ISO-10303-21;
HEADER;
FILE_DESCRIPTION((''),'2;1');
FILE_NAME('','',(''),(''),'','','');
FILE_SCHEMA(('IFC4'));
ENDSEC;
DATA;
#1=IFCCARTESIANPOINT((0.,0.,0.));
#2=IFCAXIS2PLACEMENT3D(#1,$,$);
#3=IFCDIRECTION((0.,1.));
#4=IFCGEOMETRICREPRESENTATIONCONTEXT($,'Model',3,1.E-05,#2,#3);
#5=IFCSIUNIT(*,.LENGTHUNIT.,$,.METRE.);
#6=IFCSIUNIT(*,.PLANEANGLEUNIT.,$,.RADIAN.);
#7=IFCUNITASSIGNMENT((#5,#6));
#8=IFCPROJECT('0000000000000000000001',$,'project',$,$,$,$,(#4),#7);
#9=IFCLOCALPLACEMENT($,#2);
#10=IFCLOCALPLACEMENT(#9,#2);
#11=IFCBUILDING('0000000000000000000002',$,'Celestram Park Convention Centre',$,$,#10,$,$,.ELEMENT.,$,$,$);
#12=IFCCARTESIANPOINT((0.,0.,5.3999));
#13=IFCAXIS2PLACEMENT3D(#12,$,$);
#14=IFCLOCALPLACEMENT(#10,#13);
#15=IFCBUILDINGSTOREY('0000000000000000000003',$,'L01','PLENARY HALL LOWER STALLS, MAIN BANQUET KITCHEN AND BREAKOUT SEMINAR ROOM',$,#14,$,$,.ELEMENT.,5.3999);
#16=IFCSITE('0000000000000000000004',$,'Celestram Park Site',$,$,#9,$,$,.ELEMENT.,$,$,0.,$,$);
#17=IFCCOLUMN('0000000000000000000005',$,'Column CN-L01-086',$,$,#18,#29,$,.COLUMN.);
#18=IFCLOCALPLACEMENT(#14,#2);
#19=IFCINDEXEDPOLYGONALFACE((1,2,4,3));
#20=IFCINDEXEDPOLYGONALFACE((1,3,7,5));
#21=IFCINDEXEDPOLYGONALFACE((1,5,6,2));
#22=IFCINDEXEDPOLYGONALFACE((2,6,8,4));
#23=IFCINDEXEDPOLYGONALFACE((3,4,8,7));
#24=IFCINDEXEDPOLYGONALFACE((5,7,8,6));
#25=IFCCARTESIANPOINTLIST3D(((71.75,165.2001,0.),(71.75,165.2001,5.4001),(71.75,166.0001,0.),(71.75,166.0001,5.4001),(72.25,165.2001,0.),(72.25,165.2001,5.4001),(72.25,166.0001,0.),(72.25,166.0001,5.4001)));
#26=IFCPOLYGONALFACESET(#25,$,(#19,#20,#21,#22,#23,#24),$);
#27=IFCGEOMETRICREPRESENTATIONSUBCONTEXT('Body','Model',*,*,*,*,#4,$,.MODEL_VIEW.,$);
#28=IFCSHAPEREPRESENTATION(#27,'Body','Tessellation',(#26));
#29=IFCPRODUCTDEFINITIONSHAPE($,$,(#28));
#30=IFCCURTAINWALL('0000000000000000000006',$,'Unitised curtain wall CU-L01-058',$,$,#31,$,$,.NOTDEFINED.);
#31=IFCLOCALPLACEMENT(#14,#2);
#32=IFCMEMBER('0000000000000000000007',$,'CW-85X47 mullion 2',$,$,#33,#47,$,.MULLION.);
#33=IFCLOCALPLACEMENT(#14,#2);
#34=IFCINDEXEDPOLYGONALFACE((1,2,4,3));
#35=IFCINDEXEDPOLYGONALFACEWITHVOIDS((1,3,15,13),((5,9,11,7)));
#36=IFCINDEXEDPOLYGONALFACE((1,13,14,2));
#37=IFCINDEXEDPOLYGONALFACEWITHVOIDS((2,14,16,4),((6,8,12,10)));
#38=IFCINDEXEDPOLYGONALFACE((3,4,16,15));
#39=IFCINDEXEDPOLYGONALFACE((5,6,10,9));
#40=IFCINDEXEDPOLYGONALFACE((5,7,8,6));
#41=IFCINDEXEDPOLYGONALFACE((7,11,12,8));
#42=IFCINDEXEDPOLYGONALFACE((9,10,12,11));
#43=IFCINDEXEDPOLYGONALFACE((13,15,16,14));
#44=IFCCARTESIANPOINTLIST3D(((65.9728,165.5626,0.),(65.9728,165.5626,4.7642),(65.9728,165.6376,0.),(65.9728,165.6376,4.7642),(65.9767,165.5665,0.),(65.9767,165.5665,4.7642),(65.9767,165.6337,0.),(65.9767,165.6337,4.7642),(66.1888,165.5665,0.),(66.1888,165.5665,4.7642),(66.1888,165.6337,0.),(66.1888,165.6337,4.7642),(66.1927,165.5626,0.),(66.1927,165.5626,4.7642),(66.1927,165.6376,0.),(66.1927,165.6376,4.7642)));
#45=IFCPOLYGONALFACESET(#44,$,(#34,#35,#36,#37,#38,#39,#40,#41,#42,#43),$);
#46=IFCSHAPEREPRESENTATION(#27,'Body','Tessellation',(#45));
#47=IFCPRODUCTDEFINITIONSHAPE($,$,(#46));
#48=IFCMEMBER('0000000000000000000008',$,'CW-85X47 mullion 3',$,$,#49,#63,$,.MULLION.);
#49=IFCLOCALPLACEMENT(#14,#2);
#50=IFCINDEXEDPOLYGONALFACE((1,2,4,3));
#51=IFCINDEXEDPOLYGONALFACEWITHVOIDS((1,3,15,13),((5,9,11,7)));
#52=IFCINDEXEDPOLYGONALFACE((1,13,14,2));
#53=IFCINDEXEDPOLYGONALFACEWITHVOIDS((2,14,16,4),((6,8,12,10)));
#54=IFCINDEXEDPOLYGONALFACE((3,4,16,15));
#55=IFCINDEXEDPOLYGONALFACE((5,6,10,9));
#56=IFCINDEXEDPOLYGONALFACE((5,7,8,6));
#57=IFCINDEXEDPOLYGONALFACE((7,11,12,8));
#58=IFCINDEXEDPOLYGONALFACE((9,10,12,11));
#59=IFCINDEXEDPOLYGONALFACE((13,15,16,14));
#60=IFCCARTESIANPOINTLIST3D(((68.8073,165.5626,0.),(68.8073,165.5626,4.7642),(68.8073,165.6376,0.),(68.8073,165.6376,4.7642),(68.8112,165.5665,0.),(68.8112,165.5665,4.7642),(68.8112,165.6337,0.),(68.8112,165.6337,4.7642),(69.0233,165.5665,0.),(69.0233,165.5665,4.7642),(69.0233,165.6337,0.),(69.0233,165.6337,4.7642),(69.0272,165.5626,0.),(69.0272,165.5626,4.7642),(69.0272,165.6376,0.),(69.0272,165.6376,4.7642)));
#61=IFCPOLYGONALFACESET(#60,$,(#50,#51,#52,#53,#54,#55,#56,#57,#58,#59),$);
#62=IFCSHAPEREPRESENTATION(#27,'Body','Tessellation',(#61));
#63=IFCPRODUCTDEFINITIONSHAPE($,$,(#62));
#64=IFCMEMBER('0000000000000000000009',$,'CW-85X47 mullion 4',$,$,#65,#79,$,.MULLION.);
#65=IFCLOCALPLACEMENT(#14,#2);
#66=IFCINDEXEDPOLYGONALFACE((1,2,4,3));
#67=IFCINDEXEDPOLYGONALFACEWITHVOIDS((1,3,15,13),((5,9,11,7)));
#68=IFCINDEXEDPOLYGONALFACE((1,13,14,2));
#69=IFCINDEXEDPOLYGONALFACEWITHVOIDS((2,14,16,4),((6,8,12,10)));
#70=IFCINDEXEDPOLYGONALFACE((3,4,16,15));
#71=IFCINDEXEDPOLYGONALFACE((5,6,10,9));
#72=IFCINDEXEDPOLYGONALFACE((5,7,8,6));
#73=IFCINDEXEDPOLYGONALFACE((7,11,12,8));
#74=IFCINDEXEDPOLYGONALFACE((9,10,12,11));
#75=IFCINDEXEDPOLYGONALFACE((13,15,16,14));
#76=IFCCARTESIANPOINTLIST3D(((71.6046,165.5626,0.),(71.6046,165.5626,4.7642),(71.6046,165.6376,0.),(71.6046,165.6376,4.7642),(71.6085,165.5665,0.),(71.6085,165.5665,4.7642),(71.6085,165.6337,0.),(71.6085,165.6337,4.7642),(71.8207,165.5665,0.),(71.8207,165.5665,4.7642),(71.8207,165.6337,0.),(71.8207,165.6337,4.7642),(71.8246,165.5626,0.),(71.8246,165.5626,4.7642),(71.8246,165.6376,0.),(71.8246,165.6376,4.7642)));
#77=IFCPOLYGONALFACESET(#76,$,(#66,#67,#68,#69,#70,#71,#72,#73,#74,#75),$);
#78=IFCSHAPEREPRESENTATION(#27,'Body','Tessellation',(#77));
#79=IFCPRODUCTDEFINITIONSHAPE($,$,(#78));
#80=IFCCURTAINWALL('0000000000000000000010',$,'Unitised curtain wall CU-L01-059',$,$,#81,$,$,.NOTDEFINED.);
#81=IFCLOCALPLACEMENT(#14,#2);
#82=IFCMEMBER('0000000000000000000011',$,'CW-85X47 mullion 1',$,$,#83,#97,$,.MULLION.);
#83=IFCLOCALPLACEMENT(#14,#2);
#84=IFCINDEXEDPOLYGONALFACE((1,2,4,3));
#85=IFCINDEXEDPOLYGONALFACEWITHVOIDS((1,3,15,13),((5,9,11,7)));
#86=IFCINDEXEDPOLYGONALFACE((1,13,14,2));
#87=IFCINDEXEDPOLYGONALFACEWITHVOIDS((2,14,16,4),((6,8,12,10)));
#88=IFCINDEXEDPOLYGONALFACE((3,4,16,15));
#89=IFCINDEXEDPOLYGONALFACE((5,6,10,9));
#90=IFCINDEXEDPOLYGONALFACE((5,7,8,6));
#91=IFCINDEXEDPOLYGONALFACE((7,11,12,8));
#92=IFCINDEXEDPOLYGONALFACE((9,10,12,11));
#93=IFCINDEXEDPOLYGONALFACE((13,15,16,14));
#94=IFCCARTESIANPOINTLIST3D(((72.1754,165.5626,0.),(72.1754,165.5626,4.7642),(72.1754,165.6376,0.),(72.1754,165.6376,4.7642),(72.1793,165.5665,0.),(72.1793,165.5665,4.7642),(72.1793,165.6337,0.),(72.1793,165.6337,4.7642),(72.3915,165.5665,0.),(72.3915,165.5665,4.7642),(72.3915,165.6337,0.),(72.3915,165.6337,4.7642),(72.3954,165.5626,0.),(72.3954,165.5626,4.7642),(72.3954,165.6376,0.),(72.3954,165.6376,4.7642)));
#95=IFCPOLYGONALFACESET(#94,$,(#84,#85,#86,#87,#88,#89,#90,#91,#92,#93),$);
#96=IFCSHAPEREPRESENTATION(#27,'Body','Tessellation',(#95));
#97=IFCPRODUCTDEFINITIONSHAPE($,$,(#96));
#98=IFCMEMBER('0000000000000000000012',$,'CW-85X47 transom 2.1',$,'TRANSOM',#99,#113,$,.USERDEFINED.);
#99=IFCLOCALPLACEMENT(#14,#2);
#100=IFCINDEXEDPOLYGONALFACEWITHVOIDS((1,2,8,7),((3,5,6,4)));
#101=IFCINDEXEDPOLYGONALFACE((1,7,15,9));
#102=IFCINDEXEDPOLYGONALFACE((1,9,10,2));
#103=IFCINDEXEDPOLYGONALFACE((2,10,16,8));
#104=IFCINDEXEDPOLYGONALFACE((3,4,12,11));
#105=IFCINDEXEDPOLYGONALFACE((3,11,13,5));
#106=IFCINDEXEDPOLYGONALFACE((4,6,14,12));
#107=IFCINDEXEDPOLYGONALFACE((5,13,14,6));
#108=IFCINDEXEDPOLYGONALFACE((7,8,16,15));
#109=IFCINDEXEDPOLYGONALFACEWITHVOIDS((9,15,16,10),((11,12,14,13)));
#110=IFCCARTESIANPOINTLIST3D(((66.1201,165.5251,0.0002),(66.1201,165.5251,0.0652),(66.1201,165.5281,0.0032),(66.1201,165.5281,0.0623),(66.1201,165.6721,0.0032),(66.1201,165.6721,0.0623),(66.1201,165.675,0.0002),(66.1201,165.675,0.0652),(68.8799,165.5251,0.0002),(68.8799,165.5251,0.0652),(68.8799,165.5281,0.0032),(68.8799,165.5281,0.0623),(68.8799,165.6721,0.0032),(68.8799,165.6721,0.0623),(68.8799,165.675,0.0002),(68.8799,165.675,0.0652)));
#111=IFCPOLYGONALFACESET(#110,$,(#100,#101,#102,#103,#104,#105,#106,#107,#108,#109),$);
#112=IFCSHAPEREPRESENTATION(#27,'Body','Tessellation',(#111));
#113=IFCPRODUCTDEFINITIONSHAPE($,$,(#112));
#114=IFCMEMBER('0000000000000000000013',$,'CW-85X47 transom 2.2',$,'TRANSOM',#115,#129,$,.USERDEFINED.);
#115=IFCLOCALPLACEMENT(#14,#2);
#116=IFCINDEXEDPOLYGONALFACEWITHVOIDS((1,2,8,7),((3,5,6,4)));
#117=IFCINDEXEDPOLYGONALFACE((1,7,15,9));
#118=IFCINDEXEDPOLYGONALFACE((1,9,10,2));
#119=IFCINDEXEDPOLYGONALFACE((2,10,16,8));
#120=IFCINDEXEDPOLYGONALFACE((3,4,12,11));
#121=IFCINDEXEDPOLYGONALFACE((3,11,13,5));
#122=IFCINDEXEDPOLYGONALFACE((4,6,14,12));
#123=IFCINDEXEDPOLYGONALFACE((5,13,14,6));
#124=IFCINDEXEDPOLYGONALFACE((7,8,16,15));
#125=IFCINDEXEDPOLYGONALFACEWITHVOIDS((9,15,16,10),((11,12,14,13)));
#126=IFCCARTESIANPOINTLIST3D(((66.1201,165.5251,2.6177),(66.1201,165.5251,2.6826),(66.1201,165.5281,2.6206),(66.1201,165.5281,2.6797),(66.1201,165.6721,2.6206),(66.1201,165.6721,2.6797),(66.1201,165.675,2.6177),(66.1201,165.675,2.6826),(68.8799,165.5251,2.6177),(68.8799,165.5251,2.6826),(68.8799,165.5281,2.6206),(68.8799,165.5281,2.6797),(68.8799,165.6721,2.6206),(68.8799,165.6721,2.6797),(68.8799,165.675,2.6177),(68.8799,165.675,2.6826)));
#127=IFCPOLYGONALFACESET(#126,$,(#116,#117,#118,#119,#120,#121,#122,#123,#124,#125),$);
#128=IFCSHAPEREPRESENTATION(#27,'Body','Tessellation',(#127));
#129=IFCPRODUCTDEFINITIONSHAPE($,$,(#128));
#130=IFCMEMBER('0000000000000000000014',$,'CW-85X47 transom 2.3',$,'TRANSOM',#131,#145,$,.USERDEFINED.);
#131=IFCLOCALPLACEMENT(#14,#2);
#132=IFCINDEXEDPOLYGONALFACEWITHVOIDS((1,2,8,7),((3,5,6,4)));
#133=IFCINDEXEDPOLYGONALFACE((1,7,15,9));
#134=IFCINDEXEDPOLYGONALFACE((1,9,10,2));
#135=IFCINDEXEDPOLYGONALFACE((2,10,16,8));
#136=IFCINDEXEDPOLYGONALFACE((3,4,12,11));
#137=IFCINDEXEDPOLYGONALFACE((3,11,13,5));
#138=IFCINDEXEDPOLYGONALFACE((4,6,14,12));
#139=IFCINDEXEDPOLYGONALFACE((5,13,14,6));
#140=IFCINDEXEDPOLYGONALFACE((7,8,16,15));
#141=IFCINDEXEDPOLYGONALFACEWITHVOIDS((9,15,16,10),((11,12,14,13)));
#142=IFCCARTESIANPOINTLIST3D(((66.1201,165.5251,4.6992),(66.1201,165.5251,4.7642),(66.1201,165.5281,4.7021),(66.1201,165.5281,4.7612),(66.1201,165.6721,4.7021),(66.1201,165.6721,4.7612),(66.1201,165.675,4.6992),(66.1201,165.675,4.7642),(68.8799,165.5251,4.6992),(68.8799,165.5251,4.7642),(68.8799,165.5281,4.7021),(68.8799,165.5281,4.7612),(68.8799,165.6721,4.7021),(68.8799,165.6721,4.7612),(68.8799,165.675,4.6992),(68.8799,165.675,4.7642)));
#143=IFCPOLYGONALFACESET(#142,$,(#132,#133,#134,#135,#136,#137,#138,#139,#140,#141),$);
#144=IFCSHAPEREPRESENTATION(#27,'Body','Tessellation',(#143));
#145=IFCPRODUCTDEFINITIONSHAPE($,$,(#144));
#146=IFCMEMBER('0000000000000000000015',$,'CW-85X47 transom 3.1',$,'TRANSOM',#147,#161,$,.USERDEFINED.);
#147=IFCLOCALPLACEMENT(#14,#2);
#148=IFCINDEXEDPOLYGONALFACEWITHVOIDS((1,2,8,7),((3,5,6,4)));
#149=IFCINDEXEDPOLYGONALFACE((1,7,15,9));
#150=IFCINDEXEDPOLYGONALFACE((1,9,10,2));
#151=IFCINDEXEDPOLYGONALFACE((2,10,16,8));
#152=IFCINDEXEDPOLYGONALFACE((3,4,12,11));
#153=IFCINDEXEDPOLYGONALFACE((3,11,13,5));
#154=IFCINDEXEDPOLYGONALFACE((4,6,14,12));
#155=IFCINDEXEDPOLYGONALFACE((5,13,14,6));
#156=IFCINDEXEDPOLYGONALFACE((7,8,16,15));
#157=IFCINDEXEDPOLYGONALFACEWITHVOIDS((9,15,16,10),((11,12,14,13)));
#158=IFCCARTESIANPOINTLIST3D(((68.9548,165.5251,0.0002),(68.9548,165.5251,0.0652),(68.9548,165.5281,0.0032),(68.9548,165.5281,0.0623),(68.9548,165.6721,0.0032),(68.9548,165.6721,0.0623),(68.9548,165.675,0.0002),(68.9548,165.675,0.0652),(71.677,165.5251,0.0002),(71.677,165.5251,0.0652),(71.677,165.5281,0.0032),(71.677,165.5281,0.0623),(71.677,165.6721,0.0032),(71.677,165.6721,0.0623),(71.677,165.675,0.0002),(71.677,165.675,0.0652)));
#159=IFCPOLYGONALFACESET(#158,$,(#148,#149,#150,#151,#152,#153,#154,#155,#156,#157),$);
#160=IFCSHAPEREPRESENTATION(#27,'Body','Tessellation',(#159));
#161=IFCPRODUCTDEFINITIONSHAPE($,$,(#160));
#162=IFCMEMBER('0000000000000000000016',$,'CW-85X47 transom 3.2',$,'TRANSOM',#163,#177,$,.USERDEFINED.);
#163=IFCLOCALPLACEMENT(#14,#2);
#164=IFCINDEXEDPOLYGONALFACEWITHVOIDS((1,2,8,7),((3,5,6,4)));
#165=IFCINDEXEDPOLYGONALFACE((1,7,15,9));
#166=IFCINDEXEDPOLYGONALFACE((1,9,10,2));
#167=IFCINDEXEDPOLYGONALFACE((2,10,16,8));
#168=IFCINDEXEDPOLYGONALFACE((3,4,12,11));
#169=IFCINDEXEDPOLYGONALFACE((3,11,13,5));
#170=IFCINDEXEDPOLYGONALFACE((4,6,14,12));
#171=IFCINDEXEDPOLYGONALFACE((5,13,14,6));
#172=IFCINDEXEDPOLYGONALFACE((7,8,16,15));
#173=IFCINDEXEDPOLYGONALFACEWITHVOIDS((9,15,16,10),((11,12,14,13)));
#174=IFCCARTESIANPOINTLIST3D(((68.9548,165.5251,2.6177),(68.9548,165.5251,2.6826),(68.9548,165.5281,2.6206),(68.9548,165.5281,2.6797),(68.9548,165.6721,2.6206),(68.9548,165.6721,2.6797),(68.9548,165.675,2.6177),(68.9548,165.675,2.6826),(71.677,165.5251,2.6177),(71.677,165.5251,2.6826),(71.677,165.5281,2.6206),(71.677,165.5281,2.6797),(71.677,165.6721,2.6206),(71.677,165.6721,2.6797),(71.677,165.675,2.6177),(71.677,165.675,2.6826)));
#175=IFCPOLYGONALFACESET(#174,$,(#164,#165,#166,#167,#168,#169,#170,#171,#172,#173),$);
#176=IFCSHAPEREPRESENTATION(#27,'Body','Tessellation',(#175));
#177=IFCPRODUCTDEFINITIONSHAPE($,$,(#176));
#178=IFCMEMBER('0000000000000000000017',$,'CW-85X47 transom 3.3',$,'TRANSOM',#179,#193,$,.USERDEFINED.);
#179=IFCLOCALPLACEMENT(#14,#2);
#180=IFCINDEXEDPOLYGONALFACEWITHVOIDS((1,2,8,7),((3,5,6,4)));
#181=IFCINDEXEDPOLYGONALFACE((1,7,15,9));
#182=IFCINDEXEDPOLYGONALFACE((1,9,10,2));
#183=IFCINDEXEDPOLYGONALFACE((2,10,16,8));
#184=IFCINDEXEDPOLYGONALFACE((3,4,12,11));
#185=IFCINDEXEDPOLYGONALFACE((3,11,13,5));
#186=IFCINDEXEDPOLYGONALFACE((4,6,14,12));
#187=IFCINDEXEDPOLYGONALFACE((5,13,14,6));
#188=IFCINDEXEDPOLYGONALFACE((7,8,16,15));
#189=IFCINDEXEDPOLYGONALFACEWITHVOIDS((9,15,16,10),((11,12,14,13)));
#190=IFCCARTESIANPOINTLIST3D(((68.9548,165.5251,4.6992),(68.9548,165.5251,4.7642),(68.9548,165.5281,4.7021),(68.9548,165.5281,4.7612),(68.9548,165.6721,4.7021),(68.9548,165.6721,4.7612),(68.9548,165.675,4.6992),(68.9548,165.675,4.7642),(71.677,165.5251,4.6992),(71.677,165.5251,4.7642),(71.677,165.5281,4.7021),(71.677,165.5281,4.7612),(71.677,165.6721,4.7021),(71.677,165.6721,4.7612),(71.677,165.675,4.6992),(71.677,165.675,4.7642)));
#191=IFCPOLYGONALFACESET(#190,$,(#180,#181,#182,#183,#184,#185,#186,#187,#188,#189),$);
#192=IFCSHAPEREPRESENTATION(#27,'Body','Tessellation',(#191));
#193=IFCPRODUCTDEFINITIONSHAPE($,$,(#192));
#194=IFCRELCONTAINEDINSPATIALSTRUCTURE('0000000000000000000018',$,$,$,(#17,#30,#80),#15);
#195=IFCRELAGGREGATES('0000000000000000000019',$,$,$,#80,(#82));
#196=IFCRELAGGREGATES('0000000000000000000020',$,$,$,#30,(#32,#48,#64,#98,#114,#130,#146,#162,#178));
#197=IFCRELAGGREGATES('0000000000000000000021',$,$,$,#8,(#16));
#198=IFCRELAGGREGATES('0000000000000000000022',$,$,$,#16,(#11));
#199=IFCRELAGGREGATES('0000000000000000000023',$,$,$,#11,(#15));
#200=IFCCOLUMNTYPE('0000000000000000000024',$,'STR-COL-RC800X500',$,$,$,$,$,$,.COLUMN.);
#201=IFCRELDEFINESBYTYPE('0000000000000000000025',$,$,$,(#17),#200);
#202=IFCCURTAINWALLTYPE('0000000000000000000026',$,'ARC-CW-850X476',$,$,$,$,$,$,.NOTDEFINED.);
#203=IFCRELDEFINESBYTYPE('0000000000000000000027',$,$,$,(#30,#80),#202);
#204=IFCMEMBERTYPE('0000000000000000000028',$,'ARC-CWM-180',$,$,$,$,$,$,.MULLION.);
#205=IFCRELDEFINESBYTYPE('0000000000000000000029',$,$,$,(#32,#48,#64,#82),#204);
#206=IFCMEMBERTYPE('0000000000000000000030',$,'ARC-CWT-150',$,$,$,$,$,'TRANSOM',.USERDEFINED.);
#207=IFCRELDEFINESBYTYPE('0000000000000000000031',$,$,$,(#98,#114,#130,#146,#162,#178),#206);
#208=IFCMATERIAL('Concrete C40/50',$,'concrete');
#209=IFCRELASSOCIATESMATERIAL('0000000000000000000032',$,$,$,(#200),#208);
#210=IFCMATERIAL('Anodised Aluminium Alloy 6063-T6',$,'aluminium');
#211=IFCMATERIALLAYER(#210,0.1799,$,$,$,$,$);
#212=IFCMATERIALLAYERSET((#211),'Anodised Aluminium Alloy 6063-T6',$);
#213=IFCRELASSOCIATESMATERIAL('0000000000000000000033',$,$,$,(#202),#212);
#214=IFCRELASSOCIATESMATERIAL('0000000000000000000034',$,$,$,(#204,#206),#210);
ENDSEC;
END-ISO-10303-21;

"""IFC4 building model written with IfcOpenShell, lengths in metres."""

from ifc_helpers import new_model, si_unit, direction, frame, origin, origin_2d, place, context, subcontext, project, spatial, rectangle, hollow_rectangle, extrude, material, layer, layer_set, material_profile, profile_set, type_object, element, aggregate, save


model = new_model("IFC4")

# Units and contexts
model_context = context("Model", 3, precision=1e-05, world=origin(), true_north=direction((0.0, 1.0)))
body_context = subcontext(model_context, "Body", "Model", "MODEL_VIEW")
ifc_project = project(units=[si_unit("LENGTHUNIT", "METRE"), si_unit("PLANEANGLEUNIT", "RADIAN")], contexts=[model_context])

# Site, building, storey
site_placement = place(None, origin())
site = spatial("IfcSite", under=ifc_project, at=site_placement, Name="Celestram Park Site", CompositionType="ELEMENT", RefElevation=0.0)
building_placement = place(site_placement, origin())
building = spatial("IfcBuilding", under=site, at=building_placement, Name="Celestram Park Convention Centre", CompositionType="ELEMENT")
storey_placement = place(building_placement, frame((0.0, 0.0, 5.3999)))
storey = spatial("IfcBuildingStorey", under=building, at=storey_placement, Name="L01", Description="PLENARY HALL LOWER STALLS, MAIN BANQUET KITCHEN AND BREAKOUT SEMINAR ROOM", CompositionType="ELEMENT", Elevation=5.3999)

# Column
ifc_material_1 = material(Name="Concrete C40/50", Category="concrete")
ifc_material_profile_1 = material_profile(ifc_material_1, rectangle(XDim=0.5, YDim=0.8, at=origin_2d()), Name="RC800X500")
ifc_profile_set_1 = profile_set([ifc_material_profile_1], Name="Concrete C40/50")
column_type = type_object("IfcColumnType", Name="STR-COL-RC800X500", PredefinedType="COLUMN", material=ifc_profile_set_1)
column_placement = place(storey_placement, frame((72.0, 165.6001, 0.0), z_axis=(0.0, 0.0, 1.0), x_axis=(1.0, 0.0, 0.0)))
element("IfcColumn", 1, at=column_placement, inside=storey, type_object=column_type, Name="Column CN-L01-086", PredefinedType="COLUMN", context=body_context, shape_type="SweptSolid", body=[
    extrude(rectangle(XDim=0.5, YDim=0.8, at=origin_2d()), origin(), (0.0, 0.0, 1.0), 5.4001),
])

# Curtain wall, members
ifc_material_2 = material(Name="Anodised Aluminium Alloy 6063-T6", Category="aluminium")
ifc_layer_1 = layer(ifc_material_2, 0.1799)
ifc_layer_set_1 = layer_set([ifc_layer_1], Name="Anodised Aluminium Alloy 6063-T6")
curtain_wall_type = type_object("IfcCurtainWallType", Name="ARC-CW-850X476", PredefinedType="NOTDEFINED", material=ifc_layer_set_1)
curtain_wall_1_placement = place(storey_placement, origin())
curtain_wall_1 = element("IfcCurtainWall", 2, at=curtain_wall_1_placement, inside=storey, type_object=curtain_wall_type, Name="Unitised curtain wall CU-L01-058", PredefinedType="NOTDEFINED")
ifc_material_profile_2 = material_profile(ifc_material_2, hollow_rectangle(XDim=0.075, YDim=0.22, WallThickness=0.0039, at=origin_2d()), Name="ALU75X220X4")
ifc_profile_set_2 = profile_set([ifc_material_profile_2], Name="Anodised Aluminium Alloy 6063-T6")
member_type_1 = type_object("IfcMemberType", Name="ARC-CWM-180", PredefinedType="MULLION", material=ifc_profile_set_2)
member_1_placement = place(storey_placement, frame((66.0828, 165.6001, 0.0), z_axis=(0.0, 0.0, 1.0), x_axis=(0.0, 1.0, 0.0)))
member_1 = element("IfcMember", 3, at=member_1_placement, type_object=member_type_1, Name="CW-85X47 mullion 2", PredefinedType="MULLION", context=body_context, shape_type="SweptSolid", body=[
    extrude(hollow_rectangle(XDim=0.075, YDim=0.22, WallThickness=0.0039, at=origin_2d()), origin(), (0.0, 0.0, 1.0), 4.7642),
])
member_2_placement = place(storey_placement, frame((68.9172, 165.6001, 0.0), z_axis=(0.0, 0.0, 1.0), x_axis=(0.0, 1.0, 0.0)))
member_2 = element("IfcMember", 4, at=member_2_placement, type_object=member_type_1, Name="CW-85X47 mullion 3", PredefinedType="MULLION", context=body_context, shape_type="SweptSolid", body=[
    extrude(hollow_rectangle(XDim=0.075, YDim=0.22, WallThickness=0.0039, at=origin_2d()), origin(), (0.0, 0.0, 1.0), 4.7642),
])
member_3_placement = place(storey_placement, frame((71.7146, 165.6001, 0.0), z_axis=(0.0, 0.0, 1.0), x_axis=(0.0, 1.0, 0.0)))
member_3 = element("IfcMember", 5, at=member_3_placement, type_object=member_type_1, Name="CW-85X47 mullion 4", PredefinedType="MULLION", context=body_context, shape_type="SweptSolid", body=[
    extrude(hollow_rectangle(XDim=0.075, YDim=0.22, WallThickness=0.0039, at=origin_2d()), origin(), (0.0, 0.0, 1.0), 4.7642),
])

# Curtain wall, member
curtain_wall_2_placement = place(storey_placement, origin())
curtain_wall_2 = element("IfcCurtainWall", 6, at=curtain_wall_2_placement, inside=storey, type_object=curtain_wall_type, Name="Unitised curtain wall CU-L01-059", PredefinedType="NOTDEFINED")
member_4_placement = place(storey_placement, frame((72.2854, 165.6001, 0.0), z_axis=(0.0, 0.0, 1.0), x_axis=(0.0, 1.0, 0.0)))
member_4 = element("IfcMember", 7, at=member_4_placement, type_object=member_type_1, Name="CW-85X47 mullion 1", PredefinedType="MULLION", context=body_context, shape_type="SweptSolid", body=[
    extrude(hollow_rectangle(XDim=0.075, YDim=0.22, WallThickness=0.0039, at=origin_2d()), origin(), (0.0, 0.0, 1.0), 4.7642),
])
aggregate(curtain_wall_2, [member_4])

# Members
ifc_material_profile_3 = material_profile(ifc_material_2, hollow_rectangle(XDim=0.1499, YDim=0.0649, WallThickness=0.0029, at=origin_2d()), Name="ALU150X65X3")
ifc_profile_set_3 = profile_set([ifc_material_profile_3], Name="Anodised Aluminium Alloy 6063-T6")
member_type_2 = type_object("IfcMemberType", Name="ARC-CWT-150", ElementType="TRANSOM", PredefinedType="USERDEFINED", material=ifc_profile_set_3)
member_5_placement = place(storey_placement, frame((66.1201, 165.6001, 0.0327), z_axis=(1.0, 0.0, 0.0), x_axis=(0.0, 1.0, 0.0)))
member_5 = element("IfcMember", 8, at=member_5_placement, type_object=member_type_2, Name="CW-85X47 transom 2.1", ObjectType="TRANSOM", PredefinedType="USERDEFINED", context=body_context, shape_type="SweptSolid", body=[
    extrude(hollow_rectangle(XDim=0.1499, YDim=0.0649, WallThickness=0.0029, at=origin_2d()), origin(), (0.0, 0.0, 1.0), 2.7598),
])
member_6_placement = place(storey_placement, frame((66.1201, 165.6001, 2.6501), z_axis=(1.0, 0.0, 0.0), x_axis=(0.0, 1.0, 0.0)))
member_6 = element("IfcMember", 9, at=member_6_placement, type_object=member_type_2, Name="CW-85X47 transom 2.2", ObjectType="TRANSOM", PredefinedType="USERDEFINED", context=body_context, shape_type="SweptSolid", body=[
    extrude(hollow_rectangle(XDim=0.1499, YDim=0.0649, WallThickness=0.0029, at=origin_2d()), origin(), (0.0, 0.0, 1.0), 2.7598),
])
member_7_placement = place(storey_placement, frame((66.1201, 165.6001, 4.7317), z_axis=(1.0, 0.0, 0.0), x_axis=(0.0, 1.0, 0.0)))
member_7 = element("IfcMember", 10, at=member_7_placement, type_object=member_type_2, Name="CW-85X47 transom 2.3", ObjectType="TRANSOM", PredefinedType="USERDEFINED", context=body_context, shape_type="SweptSolid", body=[
    extrude(hollow_rectangle(XDim=0.1499, YDim=0.0649, WallThickness=0.0029, at=origin_2d()), origin(), (0.0, 0.0, 1.0), 2.7598),
])
member_8_placement = place(storey_placement, frame((68.9548, 165.6001, 0.0327), z_axis=(1.0, 0.0, 0.0), x_axis=(0.0, 1.0, 0.0)))
member_8 = element("IfcMember", 11, at=member_8_placement, type_object=member_type_2, Name="CW-85X47 transom 3.1", ObjectType="TRANSOM", PredefinedType="USERDEFINED", context=body_context, shape_type="SweptSolid", body=[
    extrude(hollow_rectangle(XDim=0.1499, YDim=0.0649, WallThickness=0.0029, at=origin_2d()), origin(), (0.0, 0.0, 1.0), 2.7222),
])
member_9_placement = place(storey_placement, frame((68.9548, 165.6001, 2.6501), z_axis=(1.0, 0.0, 0.0), x_axis=(0.0, 1.0, 0.0)))
member_9 = element("IfcMember", 12, at=member_9_placement, type_object=member_type_2, Name="CW-85X47 transom 3.2", ObjectType="TRANSOM", PredefinedType="USERDEFINED", context=body_context, shape_type="SweptSolid", body=[
    extrude(hollow_rectangle(XDim=0.1499, YDim=0.0649, WallThickness=0.0029, at=origin_2d()), origin(), (0.0, 0.0, 1.0), 2.7222),
])
member_10_placement = place(storey_placement, frame((68.9548, 165.6001, 4.7317), z_axis=(1.0, 0.0, 0.0), x_axis=(0.0, 1.0, 0.0)))
member_10 = element("IfcMember", 13, at=member_10_placement, type_object=member_type_2, Name="CW-85X47 transom 3.3", ObjectType="TRANSOM", PredefinedType="USERDEFINED", context=body_context, shape_type="SweptSolid", body=[
    extrude(hollow_rectangle(XDim=0.1499, YDim=0.0649, WallThickness=0.0029, at=origin_2d()), origin(), (0.0, 0.0, 1.0), 2.7222),
])

aggregate(curtain_wall_1, [member_1, member_2, member_3, member_5, member_6, member_7, member_8, member_9, member_10])

save(model, "model.ifc")
